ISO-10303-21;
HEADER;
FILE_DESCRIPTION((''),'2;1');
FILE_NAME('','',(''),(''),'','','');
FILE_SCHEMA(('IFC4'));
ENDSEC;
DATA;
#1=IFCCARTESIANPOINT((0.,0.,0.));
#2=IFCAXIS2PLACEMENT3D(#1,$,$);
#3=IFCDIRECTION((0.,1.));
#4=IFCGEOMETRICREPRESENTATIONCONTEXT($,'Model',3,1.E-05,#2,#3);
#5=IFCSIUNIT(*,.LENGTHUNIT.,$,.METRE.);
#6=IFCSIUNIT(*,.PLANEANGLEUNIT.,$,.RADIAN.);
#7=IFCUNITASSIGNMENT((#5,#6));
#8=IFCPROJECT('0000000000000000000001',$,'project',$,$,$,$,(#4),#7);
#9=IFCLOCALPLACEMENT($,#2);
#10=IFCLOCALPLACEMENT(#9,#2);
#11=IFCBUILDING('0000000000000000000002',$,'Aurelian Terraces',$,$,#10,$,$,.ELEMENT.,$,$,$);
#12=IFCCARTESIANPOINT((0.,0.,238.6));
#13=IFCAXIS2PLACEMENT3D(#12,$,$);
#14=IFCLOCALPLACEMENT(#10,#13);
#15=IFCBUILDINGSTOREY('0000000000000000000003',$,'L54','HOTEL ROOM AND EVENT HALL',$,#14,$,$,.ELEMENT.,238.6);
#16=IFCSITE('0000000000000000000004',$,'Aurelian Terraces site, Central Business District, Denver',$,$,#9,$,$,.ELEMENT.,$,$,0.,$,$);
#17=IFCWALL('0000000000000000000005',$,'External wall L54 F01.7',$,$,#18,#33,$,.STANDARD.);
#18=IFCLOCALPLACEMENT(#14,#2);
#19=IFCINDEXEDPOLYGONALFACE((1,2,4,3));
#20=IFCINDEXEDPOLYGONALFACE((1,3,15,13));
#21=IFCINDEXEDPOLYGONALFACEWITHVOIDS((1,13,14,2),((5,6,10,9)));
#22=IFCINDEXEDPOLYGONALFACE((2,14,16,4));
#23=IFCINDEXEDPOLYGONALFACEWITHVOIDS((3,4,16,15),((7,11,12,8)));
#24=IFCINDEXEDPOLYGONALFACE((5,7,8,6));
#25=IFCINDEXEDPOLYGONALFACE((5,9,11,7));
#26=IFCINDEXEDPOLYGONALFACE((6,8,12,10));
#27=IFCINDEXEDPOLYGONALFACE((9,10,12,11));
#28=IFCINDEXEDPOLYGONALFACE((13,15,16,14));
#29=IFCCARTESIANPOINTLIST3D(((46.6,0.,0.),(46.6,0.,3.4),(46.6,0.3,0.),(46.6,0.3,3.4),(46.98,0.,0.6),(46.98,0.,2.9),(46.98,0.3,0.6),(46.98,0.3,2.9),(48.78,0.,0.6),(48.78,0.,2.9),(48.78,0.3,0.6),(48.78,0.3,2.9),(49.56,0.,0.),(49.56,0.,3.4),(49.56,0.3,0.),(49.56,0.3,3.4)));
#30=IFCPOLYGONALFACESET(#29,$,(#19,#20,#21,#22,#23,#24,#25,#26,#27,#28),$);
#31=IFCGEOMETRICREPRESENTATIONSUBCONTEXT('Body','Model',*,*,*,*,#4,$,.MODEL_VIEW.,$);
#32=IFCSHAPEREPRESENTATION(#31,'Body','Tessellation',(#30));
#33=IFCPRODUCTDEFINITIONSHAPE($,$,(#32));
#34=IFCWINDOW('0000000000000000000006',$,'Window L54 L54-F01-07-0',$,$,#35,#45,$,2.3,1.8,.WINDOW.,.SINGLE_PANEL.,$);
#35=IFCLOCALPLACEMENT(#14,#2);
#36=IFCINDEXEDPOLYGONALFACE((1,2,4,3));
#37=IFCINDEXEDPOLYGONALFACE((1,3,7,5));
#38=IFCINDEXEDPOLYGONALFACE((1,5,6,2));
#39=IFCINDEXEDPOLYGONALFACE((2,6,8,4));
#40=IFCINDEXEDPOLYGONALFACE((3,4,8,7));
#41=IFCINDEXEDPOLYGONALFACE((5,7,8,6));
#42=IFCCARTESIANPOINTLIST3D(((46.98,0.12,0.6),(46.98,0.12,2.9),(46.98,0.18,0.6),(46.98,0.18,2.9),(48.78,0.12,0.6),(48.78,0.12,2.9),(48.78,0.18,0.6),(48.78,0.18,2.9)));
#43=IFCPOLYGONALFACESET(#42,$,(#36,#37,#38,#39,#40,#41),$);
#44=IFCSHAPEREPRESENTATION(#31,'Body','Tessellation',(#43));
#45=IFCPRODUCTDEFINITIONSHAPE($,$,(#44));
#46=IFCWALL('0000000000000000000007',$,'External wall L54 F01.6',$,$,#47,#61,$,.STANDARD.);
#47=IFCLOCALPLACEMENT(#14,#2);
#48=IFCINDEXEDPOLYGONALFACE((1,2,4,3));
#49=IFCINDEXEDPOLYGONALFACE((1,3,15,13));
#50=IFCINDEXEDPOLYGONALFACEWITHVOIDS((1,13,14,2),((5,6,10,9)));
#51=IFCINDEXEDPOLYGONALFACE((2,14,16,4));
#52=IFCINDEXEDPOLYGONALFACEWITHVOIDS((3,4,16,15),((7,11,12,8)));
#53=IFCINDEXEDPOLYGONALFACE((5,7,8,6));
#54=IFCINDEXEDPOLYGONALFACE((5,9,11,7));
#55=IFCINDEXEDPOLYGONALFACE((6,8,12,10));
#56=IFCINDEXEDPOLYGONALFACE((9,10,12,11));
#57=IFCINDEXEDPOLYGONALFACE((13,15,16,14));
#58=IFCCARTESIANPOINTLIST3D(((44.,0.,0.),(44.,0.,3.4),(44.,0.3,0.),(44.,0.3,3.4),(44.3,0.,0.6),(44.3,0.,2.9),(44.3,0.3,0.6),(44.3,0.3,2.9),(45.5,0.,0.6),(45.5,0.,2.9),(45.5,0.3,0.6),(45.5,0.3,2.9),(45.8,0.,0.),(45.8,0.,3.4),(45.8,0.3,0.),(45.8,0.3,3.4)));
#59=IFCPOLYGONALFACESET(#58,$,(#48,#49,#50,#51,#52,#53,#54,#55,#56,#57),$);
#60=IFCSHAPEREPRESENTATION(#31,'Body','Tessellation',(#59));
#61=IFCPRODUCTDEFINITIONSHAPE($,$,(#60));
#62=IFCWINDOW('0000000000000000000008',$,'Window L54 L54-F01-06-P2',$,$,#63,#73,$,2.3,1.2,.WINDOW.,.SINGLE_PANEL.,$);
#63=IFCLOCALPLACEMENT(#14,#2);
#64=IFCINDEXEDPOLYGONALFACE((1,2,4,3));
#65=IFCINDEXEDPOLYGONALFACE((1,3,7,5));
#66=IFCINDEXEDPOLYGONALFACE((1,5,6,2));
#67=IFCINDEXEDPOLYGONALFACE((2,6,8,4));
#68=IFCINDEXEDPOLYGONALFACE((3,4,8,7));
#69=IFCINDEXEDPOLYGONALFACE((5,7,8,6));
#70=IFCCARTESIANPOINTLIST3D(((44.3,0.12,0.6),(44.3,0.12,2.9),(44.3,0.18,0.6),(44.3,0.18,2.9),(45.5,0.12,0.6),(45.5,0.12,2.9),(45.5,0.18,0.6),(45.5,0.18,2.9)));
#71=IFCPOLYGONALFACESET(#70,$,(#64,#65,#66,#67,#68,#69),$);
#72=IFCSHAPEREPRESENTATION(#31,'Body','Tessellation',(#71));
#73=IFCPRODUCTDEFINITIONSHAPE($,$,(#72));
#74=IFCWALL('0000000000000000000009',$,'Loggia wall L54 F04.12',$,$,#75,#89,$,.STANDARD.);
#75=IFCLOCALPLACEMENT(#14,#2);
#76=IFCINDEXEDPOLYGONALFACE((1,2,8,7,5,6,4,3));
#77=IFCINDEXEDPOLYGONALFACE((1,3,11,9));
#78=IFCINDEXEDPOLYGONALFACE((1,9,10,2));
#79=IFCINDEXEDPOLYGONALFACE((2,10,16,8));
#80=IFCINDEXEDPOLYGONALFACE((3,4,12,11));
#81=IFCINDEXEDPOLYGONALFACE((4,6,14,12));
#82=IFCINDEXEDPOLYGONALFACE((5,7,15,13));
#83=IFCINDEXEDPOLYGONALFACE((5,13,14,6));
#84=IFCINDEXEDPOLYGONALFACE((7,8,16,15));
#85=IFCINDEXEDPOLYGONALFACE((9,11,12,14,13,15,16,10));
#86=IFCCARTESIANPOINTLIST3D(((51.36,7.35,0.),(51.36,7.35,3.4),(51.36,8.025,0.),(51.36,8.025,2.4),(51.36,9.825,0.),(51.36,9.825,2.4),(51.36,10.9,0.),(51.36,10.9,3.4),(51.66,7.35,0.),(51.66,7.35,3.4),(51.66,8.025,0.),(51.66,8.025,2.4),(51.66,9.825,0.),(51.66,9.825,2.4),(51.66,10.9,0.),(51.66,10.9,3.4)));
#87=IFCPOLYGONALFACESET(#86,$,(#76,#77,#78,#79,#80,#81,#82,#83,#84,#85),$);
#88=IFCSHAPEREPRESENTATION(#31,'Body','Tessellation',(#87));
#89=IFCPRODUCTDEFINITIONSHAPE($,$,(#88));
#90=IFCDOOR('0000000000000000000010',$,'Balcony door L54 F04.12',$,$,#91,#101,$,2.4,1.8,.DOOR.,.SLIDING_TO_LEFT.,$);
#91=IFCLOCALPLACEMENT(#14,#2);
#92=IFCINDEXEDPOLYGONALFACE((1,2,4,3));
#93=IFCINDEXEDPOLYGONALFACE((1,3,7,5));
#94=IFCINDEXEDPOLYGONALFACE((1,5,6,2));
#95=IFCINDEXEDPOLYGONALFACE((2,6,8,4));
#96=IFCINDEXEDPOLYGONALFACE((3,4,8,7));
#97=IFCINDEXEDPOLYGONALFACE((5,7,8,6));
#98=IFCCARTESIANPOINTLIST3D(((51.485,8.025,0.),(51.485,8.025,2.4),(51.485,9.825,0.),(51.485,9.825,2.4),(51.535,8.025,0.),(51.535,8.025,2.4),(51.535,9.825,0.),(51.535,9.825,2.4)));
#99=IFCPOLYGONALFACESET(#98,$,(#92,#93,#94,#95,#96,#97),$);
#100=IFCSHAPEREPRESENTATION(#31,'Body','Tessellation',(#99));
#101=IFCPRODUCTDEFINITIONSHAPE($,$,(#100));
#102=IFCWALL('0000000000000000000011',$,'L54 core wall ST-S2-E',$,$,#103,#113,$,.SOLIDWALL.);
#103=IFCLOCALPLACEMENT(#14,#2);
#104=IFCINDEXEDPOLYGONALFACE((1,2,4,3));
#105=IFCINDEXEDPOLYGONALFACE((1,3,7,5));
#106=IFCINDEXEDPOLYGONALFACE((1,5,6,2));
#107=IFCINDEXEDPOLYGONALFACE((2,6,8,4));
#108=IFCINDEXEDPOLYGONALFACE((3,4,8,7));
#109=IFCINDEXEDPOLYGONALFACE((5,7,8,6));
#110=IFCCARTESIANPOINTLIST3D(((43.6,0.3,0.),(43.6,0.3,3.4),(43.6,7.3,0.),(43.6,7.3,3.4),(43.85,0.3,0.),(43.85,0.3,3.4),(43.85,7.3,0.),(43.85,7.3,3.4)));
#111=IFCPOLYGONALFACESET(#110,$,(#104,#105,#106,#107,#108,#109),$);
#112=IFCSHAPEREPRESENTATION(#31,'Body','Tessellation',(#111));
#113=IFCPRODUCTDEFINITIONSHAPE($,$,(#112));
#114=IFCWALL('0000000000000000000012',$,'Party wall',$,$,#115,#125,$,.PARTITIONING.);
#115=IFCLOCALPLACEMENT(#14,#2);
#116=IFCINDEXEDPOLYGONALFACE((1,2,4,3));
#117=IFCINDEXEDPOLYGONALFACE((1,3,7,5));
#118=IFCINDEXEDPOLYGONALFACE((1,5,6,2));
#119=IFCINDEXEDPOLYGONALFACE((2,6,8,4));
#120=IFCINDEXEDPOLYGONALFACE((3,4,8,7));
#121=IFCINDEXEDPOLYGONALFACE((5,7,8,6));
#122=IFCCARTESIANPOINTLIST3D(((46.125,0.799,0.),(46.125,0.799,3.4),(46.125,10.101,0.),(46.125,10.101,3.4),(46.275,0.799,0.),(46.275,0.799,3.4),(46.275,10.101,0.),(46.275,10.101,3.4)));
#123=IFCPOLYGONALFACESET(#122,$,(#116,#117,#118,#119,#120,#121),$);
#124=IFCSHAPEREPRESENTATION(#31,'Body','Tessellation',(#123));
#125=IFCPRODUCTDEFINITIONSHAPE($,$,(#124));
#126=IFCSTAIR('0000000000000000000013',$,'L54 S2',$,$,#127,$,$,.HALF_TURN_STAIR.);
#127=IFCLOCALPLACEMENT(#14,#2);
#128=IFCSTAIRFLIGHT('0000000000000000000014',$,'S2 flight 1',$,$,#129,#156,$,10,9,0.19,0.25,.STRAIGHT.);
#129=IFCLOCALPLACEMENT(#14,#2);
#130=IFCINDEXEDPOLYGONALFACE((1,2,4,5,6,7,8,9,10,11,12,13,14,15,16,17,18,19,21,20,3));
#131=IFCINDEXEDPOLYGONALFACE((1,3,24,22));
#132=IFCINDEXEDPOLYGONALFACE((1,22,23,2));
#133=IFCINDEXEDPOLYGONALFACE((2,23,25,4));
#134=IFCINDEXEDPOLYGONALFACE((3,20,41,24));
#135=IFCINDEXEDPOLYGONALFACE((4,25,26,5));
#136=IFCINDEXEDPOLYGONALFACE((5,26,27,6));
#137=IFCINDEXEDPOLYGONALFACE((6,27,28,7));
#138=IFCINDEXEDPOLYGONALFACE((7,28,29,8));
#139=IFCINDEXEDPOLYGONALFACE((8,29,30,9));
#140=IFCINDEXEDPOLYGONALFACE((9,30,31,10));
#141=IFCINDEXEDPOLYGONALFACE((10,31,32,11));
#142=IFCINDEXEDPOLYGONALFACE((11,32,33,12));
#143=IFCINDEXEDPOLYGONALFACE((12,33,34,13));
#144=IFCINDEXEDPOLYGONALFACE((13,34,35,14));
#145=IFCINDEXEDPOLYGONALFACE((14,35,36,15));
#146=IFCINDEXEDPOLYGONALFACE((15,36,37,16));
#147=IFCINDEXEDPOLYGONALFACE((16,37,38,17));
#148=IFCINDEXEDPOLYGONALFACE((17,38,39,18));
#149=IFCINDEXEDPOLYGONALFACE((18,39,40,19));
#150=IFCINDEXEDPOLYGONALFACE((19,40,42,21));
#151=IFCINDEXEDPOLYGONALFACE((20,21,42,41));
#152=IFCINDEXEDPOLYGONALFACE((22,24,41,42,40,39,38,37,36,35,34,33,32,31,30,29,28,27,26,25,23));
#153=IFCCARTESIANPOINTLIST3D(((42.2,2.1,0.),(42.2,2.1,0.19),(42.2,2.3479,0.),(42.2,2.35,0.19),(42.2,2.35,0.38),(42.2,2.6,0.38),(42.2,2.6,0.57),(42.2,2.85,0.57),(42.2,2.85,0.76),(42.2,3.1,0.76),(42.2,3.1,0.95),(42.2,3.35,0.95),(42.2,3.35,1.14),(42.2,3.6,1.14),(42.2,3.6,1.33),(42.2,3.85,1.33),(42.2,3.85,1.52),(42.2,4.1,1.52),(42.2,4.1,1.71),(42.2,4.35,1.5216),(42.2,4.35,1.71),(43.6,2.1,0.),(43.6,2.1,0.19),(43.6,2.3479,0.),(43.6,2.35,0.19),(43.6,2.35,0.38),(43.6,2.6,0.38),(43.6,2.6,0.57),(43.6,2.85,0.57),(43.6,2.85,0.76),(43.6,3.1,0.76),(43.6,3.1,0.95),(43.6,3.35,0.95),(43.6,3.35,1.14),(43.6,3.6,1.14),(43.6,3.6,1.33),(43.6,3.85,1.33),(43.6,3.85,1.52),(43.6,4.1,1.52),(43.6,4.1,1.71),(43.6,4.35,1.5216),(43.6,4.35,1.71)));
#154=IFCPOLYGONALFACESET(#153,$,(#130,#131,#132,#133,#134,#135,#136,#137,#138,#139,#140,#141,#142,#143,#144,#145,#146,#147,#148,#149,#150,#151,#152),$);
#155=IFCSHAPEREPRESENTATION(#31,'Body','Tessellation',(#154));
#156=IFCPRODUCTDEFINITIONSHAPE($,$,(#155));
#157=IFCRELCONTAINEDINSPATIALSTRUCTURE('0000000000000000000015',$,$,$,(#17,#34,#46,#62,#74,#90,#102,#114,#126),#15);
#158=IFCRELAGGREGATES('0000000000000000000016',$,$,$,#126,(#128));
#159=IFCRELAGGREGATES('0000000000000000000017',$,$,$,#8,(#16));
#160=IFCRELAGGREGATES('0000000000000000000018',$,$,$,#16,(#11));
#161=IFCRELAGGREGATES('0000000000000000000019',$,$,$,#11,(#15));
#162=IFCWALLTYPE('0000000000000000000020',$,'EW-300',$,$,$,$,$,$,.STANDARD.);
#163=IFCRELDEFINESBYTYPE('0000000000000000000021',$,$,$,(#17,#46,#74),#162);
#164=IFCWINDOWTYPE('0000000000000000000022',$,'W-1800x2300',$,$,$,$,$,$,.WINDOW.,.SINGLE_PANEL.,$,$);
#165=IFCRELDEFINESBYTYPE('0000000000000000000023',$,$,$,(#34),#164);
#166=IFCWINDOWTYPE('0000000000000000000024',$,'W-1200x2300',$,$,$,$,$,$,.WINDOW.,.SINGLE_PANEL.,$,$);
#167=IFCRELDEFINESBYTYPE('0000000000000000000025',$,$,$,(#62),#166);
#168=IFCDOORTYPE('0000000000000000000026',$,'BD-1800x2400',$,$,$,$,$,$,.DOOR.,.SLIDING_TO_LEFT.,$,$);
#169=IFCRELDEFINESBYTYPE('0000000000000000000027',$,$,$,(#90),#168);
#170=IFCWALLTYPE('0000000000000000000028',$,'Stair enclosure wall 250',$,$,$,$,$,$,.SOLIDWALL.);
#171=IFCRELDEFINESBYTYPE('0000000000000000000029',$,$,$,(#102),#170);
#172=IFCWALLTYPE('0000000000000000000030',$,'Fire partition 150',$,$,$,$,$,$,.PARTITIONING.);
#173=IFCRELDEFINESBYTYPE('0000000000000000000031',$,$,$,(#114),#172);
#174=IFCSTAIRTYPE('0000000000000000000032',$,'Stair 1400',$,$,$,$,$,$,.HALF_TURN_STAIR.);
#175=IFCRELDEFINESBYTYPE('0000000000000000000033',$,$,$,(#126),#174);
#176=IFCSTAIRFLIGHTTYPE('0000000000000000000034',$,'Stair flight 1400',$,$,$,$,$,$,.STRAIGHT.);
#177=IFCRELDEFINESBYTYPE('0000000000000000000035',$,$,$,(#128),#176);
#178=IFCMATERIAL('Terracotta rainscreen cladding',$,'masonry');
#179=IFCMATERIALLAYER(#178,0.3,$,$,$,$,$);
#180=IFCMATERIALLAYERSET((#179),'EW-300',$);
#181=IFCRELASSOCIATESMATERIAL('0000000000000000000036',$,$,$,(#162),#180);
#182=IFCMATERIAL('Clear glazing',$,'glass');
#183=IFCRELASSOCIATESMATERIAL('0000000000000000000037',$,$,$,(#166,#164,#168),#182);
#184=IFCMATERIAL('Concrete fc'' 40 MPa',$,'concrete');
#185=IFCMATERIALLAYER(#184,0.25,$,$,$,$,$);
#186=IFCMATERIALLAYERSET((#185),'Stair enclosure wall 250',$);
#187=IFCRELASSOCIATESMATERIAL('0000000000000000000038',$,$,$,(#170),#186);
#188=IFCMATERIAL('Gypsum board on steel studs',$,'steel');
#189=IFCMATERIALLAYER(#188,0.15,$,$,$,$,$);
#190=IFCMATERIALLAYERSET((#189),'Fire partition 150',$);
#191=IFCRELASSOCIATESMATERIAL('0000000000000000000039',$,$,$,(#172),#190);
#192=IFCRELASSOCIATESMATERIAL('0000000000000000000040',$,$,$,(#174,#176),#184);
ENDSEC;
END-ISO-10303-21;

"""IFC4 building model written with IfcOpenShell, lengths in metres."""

from ifc_helpers import new_model, si_unit, direction, frame, frame_2d, origin, place, context, subcontext, project, spatial, polyline, rectangle, outline, extrude, source, transform, mapped, material, layer, layer_set, type_object, element, fill, aggregate, save


model = new_model("IFC4")

# Units and contexts
model_context = context("Model", 3, precision=1e-05, world=origin(), true_north=direction((0.0, 1.0)))
body_context = subcontext(model_context, "Body", "Model", "MODEL_VIEW")
ifc_project = project(units=[si_unit("LENGTHUNIT", "METRE"), si_unit("PLANEANGLEUNIT", "RADIAN")], contexts=[model_context])

# Site, building, storey
site_placement = place(None, origin())
site = spatial("IfcSite", under=ifc_project, at=site_placement, Name="Aurelian Terraces site, Central Business District, Denver", CompositionType="ELEMENT", RefElevation=0.0)
building_placement = place(site_placement, origin())
building = spatial("IfcBuilding", under=site, at=building_placement, Name="Aurelian Terraces", CompositionType="ELEMENT")
storey_placement = place(building_placement, frame((0.0, 0.0, 238.6)))
storey = spatial("IfcBuildingStorey", under=building, at=storey_placement, Name="L54", Description="HOTEL ROOM AND EVENT HALL", CompositionType="ELEMENT", Elevation=238.6)

# Walls, openings, windows
ifc_material_1 = material(Name="Terracotta rainscreen cladding", Category="masonry")
ifc_layer_1 = layer(ifc_material_1, 0.3)
ifc_layer_set_1 = layer_set([ifc_layer_1], Name="EW-300")
wall_type_1 = type_object("IfcWallType", Name="EW-300", PredefinedType="STANDARD", material=ifc_layer_set_1)
ifc_material_2 = material(Name="Clear glazing", Category="glass")
shared_shape_1 = source(origin(), body_context, "Body", "SweptSolid", [
    extrude(rectangle(XDim=1.2, YDim=2.3, at=frame_2d((0.6, 1.15))), frame((0.0, 0.16, 0.0), z_axis=(0.0, -1.0, 0.0), x_axis=(1.0, 0.0, 0.0)), (0.0, 0.0, 1.0), 0.32),
])
window_type_1 = type_object("IfcWindowType", Name="W-1200x2300", PartitioningType="SINGLE_PANEL", PredefinedType="WINDOW", material=ifc_material_2)
shared_shape_2 = source(origin(), body_context, "Body", "SweptSolid", [
    extrude(rectangle(XDim=1.2, YDim=2.3, at=frame_2d((0.6, 1.15))), frame((0.0, 0.03, 0.0), z_axis=(0.0, -1.0, 0.0), x_axis=(1.0, 0.0, 0.0)), (0.0, 0.0, 1.0), 0.06),
])
shared_shape_3 = source(origin(), body_context, "Body", "SweptSolid", [
    extrude(rectangle(XDim=1.8, YDim=2.3, at=frame_2d((0.9, 1.15))), frame((0.0, 0.16, 0.0), z_axis=(0.0, -1.0, 0.0), x_axis=(1.0, 0.0, 0.0)), (0.0, 0.0, 1.0), 0.32),
])
window_type_2 = type_object("IfcWindowType", Name="W-1800x2300", PartitioningType="SINGLE_PANEL", PredefinedType="WINDOW", material=ifc_material_2)
shared_shape_4 = source(origin(), body_context, "Body", "SweptSolid", [
    extrude(rectangle(XDim=1.8, YDim=2.3, at=frame_2d((0.9, 1.15))), frame((0.0, 0.03, 0.0), z_axis=(0.0, -1.0, 0.0), x_axis=(1.0, 0.0, 0.0)), (0.0, 0.0, 1.0), 0.06),
])
shared_shape_5 = source(origin(), body_context, "Body", "SweptSolid", [
    extrude(rectangle(XDim=2.96, YDim=0.3, at=frame_2d((1.48, 0.0))), origin(), (0.0, 0.0, 1.0), 3.4),
])
wall_1_placement = place(storey_placement, frame((46.6, 0.15, 0.0), z_axis=(0.0, 0.0, 1.0), x_axis=(1.0, 0.0, 0.0)))
wall_1 = element("IfcWall", 1, at=wall_1_placement, inside=storey, type_object=wall_type_1, Name="External wall L54 F01.7", PredefinedType="STANDARD", context=body_context, shape_type="MappedRepresentation", body=[
    mapped(shared_shape_5, transform((0.0, 0.0, 0.0), scale=1.0)),
])
opening_1_placement = place(wall_1_placement, frame((0.38, 0.0, 0.6)))
opening_1 = element("IfcOpeningElement", 2, at=opening_1_placement, cuts=wall_1, PredefinedType="OPENING", context=body_context, shape_type="MappedRepresentation", body=[
    mapped(shared_shape_3, transform((0.0, 0.0, 0.0), scale=1.0)),
])
window_1_placement = place(opening_1_placement, origin())
window_1 = element("IfcWindow", 3, at=window_1_placement, inside=storey, type_object=window_type_2, Name="Window L54 L54-F01-07-0", OverallHeight=2.3, OverallWidth=1.8, PartitioningType="SINGLE_PANEL", PredefinedType="WINDOW", context=body_context, shape_type="MappedRepresentation", body=[
    mapped(shared_shape_4, transform((0.0, 0.0, 0.0), scale=1.0)),
])
fill(opening_1, window_1)
shared_shape_6 = source(origin(), body_context, "Body", "SweptSolid", [
    extrude(rectangle(XDim=1.8, YDim=0.3, at=frame_2d((0.9, 0.0))), origin(), (0.0, 0.0, 1.0), 3.4),
])
wall_2_placement = place(storey_placement, frame((44.0, 0.15, 0.0), z_axis=(0.0, 0.0, 1.0), x_axis=(1.0, 0.0, 0.0)))
wall_2 = element("IfcWall", 4, at=wall_2_placement, inside=storey, type_object=wall_type_1, Name="External wall L54 F01.6", PredefinedType="STANDARD", context=body_context, shape_type="MappedRepresentation", body=[
    mapped(shared_shape_6, transform((0.0, 0.0, 0.0), scale=1.0)),
])
opening_2_placement = place(wall_2_placement, frame((0.3, 0.0, 0.6)))
opening_2 = element("IfcOpeningElement", 5, at=opening_2_placement, cuts=wall_2, PredefinedType="OPENING", context=body_context, shape_type="MappedRepresentation", body=[
    mapped(shared_shape_1, transform((0.0, 0.0, 0.0), scale=1.0)),
])
window_2_placement = place(opening_2_placement, origin())
window_2 = element("IfcWindow", 6, at=window_2_placement, inside=storey, type_object=window_type_1, Name="Window L54 L54-F01-06-P2", OverallHeight=2.3, OverallWidth=1.2, PartitioningType="SINGLE_PANEL", PredefinedType="WINDOW", context=body_context, shape_type="MappedRepresentation", body=[
    mapped(shared_shape_2, transform((0.0, 0.0, 0.0), scale=1.0)),
])
fill(opening_2, window_2)

# Wall, opening, door
shared_shape_7 = source(origin(), body_context, "Body", "SweptSolid", [
    extrude(rectangle(XDim=3.55, YDim=0.3, at=frame_2d((1.775, 0.0))), origin(), (0.0, 0.0, 1.0), 3.4),
])
wall_3_placement = place(storey_placement, frame((51.51, 7.35, 0.0), z_axis=(0.0, 0.0, 1.0), x_axis=(0.0, 1.0, 0.0)))
wall_3 = element("IfcWall", 7, at=wall_3_placement, inside=storey, type_object=wall_type_1, Name="Loggia wall L54 F04.12", PredefinedType="STANDARD", context=body_context, shape_type="MappedRepresentation", body=[
    mapped(shared_shape_7, transform((0.0, 0.0, 0.0), scale=1.0)),
])
shared_shape_8 = source(origin(), body_context, "Body", "SweptSolid", [
    extrude(rectangle(XDim=1.8, YDim=2.4, at=frame_2d((0.9, 1.2))), frame((0.0, 0.16, 0.0), z_axis=(0.0, -1.0, 0.0), x_axis=(1.0, 0.0, 0.0)), (0.0, 0.0, 1.0), 0.32),
])
opening_3_placement = place(wall_3_placement, frame((0.675, 0.0, 0.0)))
opening_3 = element("IfcOpeningElement", 8, at=opening_3_placement, cuts=wall_3, PredefinedType="OPENING", context=body_context, shape_type="MappedRepresentation", body=[
    mapped(shared_shape_8, transform((0.0, 0.0, 0.0), scale=1.0)),
])
door_type = type_object("IfcDoorType", Name="BD-1800x2400", OperationType="SLIDING_TO_LEFT", PredefinedType="DOOR", material=ifc_material_2)
shared_shape_9 = source(origin(), body_context, "Body", "SweptSolid", [
    extrude(rectangle(XDim=1.8, YDim=2.4, at=frame_2d((0.9, 1.2))), frame((0.0, 0.025, 0.0), z_axis=(0.0, -1.0, 0.0), x_axis=(1.0, 0.0, 0.0)), (0.0, 0.0, 1.0), 0.05),
])
door_placement = place(opening_3_placement, origin())
door = element("IfcDoor", 9, at=door_placement, inside=storey, type_object=door_type, Name="Balcony door L54 F04.12", OperationType="SLIDING_TO_LEFT", OverallHeight=2.4, OverallWidth=1.8, PredefinedType="DOOR", context=body_context, shape_type="MappedRepresentation", body=[
    mapped(shared_shape_9, transform((0.0, 0.0, 0.0), scale=1.0)),
])
fill(opening_3, door)

# Walls
ifc_material_3 = material(Name="Concrete fc' 40 MPa", Category="concrete")
ifc_layer_2 = layer(ifc_material_3, 0.25)
ifc_layer_set_2 = layer_set([ifc_layer_2], Name="Stair enclosure wall 250")
wall_type_2 = type_object("IfcWallType", Name="Stair enclosure wall 250", PredefinedType="SOLIDWALL", material=ifc_layer_set_2)
shared_shape_10 = source(origin(), body_context, "Body", "SweptSolid", [
    extrude(rectangle(XDim=7.0, YDim=0.25, at=frame_2d((3.5, 0.0))), origin(), (0.0, 0.0, 1.0), 3.4),
])
wall_4_placement = place(storey_placement, frame((43.725, 0.3, 0.0), z_axis=(0.0, 0.0, 1.0), x_axis=(0.0, 1.0, 0.0)))
element("IfcWall", 10, at=wall_4_placement, inside=storey, type_object=wall_type_2, Name="L54 core wall ST-S2-E", PredefinedType="SOLIDWALL", context=body_context, shape_type="MappedRepresentation", body=[
    mapped(shared_shape_10, transform((0.0, 0.0, 0.0), scale=1.0)),
])
ifc_material_4 = material(Name="Gypsum board on steel studs", Category="steel")
ifc_layer_3 = layer(ifc_material_4, 0.15)
ifc_layer_set_3 = layer_set([ifc_layer_3], Name="Fire partition 150")
wall_type_3 = type_object("IfcWallType", Name="Fire partition 150", PredefinedType="PARTITIONING", material=ifc_layer_set_3)
shared_shape_11 = source(origin(), body_context, "Body", "SweptSolid", [
    extrude(rectangle(XDim=9.302, YDim=0.15, at=frame_2d((4.651, 0.0))), origin(), (0.0, 0.0, 1.0), 3.4),
])
wall_5_placement = place(storey_placement, frame((46.2, 0.799, 0.0), z_axis=(0.0, 0.0, 1.0), x_axis=(0.0, 1.0, 0.0)))
element("IfcWall", 11, at=wall_5_placement, inside=storey, type_object=wall_type_3, Name="Party wall", PredefinedType="PARTITIONING", context=body_context, shape_type="MappedRepresentation", body=[
    mapped(shared_shape_11, transform((0.0, 0.0, 0.0), scale=1.0)),
])

# Stair, stair flight
stair_type = type_object("IfcStairType", Name="Stair 1400", PredefinedType="HALF_TURN_STAIR", material=ifc_material_3)
stair_placement = place(storey_placement, origin())
stair = element("IfcStair", 12, at=stair_placement, inside=storey, type_object=stair_type, Name="L54 S2", PredefinedType="HALF_TURN_STAIR")
stair_flight_type = type_object("IfcStairFlightType", Name="Stair flight 1400", PredefinedType="STRAIGHT", material=ifc_material_3)
shared_shape_12 = source(origin(), body_context, "Body", "SweptSolid", [
    extrude(outline(polyline([(0.0, 0.0), (0.0, 0.19), (0.25, 0.19), (0.25, 0.38), (0.5, 0.38), (0.5, 0.57), (0.75, 0.57), (0.75, 0.76), (1.0, 0.76), (1.0, 0.95), (1.25, 0.95), (1.25, 1.14), (1.5, 1.14), (1.5, 1.33), (1.75, 1.33), (1.75, 1.52), (2.0, 1.52), (2.0, 1.71), (2.25, 1.71), (2.25, 1.9), (2.25, 1.5216), (0.2479, 0.0), (0.0, 0.0)])), frame((0.0, 0.7, 0.0), z_axis=(0.0, -1.0, 0.0), x_axis=(1.0, 0.0, 0.0)), (0.0, 0.0, 1.0), 1.4),
])
stair_flight_placement = place(storey_placement, frame((42.9, 2.1, 0.0), z_axis=(0.0, 0.0, 1.0), x_axis=(0.0, 1.0, 0.0)))
stair_flight = element("IfcStairFlight", 13, at=stair_flight_placement, type_object=stair_flight_type, Name="S2 flight 1", NumberOfRisers=10, NumberOfTreads=9, PredefinedType="STRAIGHT", RiserHeight=0.19, TreadLength=0.25, context=body_context, shape_type="MappedRepresentation", body=[
    mapped(shared_shape_12, transform((0.0, 0.0, 0.0), scale=1.0)),
])
aggregate(stair, [stair_flight])

save(model, "model.ifc")
